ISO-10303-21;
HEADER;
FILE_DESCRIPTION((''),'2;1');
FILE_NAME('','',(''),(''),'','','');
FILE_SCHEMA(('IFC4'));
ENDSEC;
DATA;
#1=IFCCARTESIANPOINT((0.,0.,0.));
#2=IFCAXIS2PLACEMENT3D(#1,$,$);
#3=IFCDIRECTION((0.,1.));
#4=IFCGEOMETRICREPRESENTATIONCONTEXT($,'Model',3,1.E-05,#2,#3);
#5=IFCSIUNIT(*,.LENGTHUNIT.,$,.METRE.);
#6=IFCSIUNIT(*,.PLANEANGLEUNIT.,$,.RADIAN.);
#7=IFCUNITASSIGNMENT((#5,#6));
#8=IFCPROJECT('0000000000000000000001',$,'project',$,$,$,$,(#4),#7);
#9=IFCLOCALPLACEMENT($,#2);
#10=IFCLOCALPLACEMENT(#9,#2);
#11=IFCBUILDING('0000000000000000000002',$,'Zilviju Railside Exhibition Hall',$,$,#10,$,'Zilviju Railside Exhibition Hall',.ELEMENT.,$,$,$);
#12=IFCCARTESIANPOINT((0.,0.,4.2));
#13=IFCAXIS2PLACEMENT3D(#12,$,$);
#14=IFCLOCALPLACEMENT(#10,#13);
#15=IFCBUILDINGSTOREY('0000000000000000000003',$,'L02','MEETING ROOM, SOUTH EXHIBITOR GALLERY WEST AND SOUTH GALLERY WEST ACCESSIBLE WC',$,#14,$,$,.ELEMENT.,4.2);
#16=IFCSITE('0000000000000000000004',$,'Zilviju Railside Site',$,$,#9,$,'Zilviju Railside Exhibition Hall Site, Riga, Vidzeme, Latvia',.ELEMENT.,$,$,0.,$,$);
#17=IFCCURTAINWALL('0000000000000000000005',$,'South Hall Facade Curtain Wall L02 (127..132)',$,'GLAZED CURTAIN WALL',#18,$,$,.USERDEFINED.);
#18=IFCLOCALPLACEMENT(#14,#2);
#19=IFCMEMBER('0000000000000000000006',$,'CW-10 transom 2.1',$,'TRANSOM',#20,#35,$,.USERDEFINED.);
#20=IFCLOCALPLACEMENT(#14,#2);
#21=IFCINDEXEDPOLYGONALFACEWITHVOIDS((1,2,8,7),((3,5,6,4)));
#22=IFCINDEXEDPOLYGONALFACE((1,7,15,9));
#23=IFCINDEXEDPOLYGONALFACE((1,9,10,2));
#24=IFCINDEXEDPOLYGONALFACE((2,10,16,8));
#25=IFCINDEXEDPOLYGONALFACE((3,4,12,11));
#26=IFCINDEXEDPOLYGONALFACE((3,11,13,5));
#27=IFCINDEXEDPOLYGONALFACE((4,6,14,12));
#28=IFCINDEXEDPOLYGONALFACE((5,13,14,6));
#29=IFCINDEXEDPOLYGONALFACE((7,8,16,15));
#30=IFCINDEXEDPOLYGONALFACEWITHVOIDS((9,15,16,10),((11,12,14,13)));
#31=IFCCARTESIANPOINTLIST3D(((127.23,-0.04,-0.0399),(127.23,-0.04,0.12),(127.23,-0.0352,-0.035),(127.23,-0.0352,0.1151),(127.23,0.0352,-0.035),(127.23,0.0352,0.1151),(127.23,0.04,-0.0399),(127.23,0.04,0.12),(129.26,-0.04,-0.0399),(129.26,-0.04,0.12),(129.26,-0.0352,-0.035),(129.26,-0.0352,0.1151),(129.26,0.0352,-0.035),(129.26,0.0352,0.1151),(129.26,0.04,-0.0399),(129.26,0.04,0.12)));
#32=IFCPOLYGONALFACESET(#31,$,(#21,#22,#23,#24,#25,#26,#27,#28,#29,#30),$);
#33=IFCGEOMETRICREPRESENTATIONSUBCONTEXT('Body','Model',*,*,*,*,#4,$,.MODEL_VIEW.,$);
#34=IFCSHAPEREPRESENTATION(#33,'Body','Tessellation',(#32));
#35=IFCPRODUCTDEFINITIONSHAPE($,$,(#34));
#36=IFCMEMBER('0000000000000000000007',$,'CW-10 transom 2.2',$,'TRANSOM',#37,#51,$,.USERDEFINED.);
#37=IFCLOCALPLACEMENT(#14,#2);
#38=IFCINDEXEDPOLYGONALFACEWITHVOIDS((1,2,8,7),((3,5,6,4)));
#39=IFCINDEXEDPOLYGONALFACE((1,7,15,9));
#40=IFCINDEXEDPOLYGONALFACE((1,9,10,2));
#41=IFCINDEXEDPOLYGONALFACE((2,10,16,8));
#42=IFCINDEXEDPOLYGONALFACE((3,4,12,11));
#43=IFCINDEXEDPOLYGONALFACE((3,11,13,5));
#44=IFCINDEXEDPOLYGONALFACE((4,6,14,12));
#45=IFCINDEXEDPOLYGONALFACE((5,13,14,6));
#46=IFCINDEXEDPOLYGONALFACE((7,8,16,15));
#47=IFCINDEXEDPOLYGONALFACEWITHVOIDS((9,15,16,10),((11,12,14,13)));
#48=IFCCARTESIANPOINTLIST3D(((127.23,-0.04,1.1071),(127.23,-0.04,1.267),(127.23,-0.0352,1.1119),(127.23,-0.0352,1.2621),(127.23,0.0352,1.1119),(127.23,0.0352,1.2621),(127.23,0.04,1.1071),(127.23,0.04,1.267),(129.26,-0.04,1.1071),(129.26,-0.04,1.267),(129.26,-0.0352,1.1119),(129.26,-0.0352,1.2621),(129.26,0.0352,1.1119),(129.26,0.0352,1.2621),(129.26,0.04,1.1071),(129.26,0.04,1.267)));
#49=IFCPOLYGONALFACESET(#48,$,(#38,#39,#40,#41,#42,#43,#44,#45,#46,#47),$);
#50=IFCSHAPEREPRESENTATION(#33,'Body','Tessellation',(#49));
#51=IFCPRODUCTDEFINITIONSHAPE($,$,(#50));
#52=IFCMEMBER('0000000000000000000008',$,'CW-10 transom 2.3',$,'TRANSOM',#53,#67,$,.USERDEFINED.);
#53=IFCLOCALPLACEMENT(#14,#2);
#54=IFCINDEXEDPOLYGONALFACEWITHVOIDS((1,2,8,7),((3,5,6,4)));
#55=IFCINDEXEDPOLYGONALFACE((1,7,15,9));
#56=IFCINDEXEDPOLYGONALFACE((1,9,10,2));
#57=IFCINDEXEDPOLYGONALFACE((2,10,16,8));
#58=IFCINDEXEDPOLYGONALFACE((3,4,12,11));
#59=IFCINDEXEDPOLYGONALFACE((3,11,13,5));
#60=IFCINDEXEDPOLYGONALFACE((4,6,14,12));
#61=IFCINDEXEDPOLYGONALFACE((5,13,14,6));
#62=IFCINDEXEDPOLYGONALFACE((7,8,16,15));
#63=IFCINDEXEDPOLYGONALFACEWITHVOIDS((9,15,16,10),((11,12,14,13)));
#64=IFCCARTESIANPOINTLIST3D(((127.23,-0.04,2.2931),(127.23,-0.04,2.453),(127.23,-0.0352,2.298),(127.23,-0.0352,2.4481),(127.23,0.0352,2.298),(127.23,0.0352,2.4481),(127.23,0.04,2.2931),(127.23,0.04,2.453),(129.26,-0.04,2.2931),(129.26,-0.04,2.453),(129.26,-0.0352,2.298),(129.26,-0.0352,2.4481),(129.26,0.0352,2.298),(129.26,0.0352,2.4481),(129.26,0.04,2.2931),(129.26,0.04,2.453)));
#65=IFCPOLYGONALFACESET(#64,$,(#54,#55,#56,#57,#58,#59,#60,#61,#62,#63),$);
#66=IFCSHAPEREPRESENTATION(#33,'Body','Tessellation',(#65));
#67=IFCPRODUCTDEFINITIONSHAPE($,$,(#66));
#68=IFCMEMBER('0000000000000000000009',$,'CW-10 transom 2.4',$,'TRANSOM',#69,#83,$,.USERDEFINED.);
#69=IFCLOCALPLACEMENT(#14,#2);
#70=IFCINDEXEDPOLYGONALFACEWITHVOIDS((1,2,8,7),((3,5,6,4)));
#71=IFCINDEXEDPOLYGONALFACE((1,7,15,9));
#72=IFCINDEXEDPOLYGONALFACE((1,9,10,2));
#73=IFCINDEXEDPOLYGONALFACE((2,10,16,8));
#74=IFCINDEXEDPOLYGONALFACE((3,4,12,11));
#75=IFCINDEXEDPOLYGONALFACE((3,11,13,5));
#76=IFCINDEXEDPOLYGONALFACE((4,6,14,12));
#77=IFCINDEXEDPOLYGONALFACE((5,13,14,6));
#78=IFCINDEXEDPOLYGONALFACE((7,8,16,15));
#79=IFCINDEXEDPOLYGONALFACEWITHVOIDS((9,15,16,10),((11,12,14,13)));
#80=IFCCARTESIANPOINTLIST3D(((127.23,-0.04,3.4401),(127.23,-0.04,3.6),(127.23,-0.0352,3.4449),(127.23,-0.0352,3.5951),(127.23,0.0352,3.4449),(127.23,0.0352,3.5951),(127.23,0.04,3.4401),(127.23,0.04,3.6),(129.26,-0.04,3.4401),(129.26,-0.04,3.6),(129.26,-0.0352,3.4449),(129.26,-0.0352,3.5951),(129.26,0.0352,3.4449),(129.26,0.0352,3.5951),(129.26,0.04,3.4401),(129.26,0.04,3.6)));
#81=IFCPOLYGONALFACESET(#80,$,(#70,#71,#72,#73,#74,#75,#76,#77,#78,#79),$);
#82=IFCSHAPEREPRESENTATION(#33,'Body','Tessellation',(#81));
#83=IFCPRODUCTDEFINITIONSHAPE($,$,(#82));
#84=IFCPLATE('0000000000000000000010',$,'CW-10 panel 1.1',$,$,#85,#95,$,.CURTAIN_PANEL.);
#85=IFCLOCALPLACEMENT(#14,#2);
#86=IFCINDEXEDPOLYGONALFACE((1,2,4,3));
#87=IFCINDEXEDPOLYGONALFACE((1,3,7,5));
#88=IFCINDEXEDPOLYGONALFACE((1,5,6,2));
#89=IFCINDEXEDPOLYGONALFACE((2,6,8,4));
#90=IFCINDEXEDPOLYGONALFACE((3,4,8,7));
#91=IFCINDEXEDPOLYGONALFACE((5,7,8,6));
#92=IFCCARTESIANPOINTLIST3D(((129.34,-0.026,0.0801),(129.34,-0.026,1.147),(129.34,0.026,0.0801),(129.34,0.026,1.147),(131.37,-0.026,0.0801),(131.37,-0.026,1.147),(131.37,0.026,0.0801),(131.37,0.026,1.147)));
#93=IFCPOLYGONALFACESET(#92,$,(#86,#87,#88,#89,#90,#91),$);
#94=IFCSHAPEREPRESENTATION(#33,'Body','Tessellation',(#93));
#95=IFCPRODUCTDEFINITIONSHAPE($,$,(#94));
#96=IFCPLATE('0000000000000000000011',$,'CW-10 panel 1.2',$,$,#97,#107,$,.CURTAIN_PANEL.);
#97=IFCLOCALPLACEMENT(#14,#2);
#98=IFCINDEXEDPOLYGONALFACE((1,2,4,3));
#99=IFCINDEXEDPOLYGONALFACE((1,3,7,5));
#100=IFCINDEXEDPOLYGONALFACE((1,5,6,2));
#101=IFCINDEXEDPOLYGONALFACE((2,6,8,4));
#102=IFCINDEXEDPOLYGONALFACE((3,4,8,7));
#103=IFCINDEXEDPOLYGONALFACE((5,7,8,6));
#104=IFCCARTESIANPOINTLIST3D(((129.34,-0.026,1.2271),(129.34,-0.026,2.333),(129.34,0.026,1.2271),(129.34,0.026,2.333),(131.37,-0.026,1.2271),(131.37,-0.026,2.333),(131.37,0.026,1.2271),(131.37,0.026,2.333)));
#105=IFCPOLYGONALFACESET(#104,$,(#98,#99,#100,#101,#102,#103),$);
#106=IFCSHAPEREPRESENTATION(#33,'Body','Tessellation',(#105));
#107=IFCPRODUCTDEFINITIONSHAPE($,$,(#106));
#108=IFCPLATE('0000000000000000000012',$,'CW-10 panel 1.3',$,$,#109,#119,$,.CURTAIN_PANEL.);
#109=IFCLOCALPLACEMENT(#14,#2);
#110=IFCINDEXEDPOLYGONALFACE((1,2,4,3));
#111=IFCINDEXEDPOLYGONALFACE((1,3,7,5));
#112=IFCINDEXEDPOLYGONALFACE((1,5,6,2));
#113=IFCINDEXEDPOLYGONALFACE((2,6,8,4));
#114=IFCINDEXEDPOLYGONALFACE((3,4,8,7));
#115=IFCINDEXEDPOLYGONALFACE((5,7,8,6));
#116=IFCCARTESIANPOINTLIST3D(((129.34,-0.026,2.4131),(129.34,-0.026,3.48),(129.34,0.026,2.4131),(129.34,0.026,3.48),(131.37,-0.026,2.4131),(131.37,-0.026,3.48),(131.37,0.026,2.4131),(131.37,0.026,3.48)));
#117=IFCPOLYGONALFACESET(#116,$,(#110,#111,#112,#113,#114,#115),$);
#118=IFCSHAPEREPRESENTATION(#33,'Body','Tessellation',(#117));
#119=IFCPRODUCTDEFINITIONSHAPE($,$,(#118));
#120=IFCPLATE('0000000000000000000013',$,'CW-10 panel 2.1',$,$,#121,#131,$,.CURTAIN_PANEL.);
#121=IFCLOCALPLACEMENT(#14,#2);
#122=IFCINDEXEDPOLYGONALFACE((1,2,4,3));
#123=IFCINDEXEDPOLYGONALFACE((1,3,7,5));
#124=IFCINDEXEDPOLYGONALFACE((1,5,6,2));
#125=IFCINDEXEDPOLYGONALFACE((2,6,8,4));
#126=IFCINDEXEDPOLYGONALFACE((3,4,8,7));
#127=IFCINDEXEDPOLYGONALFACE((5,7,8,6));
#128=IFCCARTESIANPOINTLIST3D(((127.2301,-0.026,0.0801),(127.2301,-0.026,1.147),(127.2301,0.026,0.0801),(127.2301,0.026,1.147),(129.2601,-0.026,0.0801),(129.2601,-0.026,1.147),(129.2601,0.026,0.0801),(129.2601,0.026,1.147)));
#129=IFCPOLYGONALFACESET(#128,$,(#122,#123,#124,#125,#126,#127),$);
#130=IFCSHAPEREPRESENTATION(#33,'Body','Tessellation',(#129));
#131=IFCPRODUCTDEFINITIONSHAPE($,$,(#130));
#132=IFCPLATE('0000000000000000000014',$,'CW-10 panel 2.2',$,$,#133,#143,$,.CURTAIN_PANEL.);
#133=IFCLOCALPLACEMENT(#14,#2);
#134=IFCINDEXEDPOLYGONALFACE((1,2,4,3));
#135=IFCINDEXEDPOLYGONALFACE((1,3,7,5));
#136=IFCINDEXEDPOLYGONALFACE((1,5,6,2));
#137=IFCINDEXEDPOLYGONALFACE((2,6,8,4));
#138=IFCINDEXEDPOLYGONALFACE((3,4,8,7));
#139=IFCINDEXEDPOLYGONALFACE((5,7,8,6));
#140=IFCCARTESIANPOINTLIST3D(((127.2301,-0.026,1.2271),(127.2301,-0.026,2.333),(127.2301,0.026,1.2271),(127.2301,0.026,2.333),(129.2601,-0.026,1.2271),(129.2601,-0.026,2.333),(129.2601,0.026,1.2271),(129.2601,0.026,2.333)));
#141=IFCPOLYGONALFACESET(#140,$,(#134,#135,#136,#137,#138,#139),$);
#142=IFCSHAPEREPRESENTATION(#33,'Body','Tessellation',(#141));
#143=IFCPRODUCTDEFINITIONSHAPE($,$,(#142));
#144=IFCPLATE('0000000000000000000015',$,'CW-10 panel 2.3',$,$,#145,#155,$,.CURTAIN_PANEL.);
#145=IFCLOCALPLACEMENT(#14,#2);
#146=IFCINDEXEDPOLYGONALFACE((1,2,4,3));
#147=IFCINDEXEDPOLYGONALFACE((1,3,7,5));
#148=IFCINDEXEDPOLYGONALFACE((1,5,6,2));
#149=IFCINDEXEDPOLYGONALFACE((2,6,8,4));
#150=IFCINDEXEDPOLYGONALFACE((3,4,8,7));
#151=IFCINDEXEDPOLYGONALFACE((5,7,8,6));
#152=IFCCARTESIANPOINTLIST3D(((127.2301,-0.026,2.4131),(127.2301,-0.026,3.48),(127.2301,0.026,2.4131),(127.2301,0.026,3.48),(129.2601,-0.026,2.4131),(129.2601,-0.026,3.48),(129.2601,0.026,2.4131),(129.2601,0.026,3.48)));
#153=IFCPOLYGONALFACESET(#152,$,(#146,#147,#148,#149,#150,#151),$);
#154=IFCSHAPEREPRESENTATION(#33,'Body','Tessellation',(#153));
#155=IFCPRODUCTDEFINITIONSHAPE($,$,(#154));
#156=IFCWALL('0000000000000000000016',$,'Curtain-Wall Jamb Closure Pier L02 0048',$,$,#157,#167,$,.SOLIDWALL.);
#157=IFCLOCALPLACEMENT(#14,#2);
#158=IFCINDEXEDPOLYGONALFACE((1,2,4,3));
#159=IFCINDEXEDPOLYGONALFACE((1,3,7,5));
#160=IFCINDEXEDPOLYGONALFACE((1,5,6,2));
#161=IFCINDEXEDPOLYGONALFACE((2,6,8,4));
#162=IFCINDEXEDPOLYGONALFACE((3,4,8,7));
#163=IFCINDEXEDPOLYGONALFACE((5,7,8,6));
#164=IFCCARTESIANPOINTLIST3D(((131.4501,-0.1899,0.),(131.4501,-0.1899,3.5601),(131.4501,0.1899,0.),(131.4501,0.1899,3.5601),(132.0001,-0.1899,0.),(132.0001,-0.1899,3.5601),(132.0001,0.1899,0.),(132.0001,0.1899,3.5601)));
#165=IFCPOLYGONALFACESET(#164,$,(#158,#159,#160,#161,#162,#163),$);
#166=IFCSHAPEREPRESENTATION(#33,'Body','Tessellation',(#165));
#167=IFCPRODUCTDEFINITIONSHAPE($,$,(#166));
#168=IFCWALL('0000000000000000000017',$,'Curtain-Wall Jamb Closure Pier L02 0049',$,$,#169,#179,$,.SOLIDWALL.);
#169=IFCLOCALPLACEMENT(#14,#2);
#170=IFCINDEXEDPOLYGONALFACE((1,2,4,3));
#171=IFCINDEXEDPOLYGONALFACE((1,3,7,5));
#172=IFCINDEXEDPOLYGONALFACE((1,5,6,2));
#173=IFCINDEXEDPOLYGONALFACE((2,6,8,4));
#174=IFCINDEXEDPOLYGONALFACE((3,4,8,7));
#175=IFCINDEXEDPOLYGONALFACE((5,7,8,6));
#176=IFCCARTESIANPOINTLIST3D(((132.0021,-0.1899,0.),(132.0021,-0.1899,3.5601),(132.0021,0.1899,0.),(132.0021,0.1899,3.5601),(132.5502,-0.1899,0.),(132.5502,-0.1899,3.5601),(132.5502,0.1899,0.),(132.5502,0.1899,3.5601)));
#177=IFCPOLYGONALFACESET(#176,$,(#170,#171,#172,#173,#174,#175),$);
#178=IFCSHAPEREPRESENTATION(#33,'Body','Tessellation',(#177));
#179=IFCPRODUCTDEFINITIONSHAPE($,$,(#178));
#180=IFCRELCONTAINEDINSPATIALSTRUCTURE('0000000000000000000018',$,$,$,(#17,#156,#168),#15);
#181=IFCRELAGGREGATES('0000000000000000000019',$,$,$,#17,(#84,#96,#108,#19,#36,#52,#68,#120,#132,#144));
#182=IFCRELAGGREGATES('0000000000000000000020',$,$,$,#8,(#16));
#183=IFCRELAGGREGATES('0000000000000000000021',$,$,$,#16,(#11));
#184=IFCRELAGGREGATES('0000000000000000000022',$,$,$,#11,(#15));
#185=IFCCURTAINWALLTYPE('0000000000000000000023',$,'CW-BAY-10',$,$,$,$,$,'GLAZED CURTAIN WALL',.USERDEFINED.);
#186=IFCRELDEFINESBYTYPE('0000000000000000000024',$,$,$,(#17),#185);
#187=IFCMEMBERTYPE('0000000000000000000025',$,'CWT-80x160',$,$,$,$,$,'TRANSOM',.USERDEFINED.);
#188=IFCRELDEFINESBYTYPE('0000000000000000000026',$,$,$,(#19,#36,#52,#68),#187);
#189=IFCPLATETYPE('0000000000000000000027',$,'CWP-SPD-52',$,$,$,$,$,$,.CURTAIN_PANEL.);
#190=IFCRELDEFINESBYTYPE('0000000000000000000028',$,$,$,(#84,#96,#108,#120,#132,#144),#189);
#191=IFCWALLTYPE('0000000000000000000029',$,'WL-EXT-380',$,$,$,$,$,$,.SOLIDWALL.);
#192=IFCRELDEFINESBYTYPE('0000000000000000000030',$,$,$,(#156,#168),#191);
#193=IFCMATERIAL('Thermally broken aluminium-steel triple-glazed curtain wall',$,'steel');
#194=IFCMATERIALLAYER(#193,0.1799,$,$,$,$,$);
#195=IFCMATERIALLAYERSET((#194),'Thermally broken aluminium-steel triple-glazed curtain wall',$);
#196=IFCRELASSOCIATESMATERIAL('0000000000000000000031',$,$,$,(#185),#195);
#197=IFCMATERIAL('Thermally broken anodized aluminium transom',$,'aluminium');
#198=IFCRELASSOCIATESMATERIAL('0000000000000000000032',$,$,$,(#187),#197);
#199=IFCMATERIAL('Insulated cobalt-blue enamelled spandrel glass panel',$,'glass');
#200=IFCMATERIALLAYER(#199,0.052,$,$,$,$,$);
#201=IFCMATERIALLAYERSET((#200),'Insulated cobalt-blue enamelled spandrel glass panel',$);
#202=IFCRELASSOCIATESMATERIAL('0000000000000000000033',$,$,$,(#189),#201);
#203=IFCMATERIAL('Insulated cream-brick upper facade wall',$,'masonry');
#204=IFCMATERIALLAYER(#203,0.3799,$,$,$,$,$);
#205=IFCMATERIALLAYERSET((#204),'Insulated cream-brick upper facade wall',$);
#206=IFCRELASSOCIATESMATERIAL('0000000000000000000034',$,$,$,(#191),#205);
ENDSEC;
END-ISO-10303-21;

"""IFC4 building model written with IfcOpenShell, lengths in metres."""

from ifc_helpers import new_model, si_unit, direction, frame, frame_2d, origin, origin_2d, place, context, subcontext, project, spatial, rectangle, hollow_rectangle, extrude, material, layer, layer_set, material_profile, profile_set, type_object, element, aggregate, save


model = new_model("IFC4")

# Units and contexts
model_context = context("Model", 3, precision=1e-05, world=origin(), true_north=direction((0.0, 1.0)))
body_context = subcontext(model_context, "Body", "Model", "MODEL_VIEW")
ifc_project = project(units=[si_unit("LENGTHUNIT", "METRE"), si_unit("PLANEANGLEUNIT", "RADIAN")], contexts=[model_context])

# Site, building, storey
site_placement = place(None, origin())
site = spatial("IfcSite", under=ifc_project, at=site_placement, Name="Zilviju Railside Site", LongName="Zilviju Railside Exhibition Hall Site, Riga, Vidzeme, Latvia", CompositionType="ELEMENT", RefElevation=0.0)
building_placement = place(site_placement, origin())
building = spatial("IfcBuilding", under=site, at=building_placement, Name="Zilviju Railside Exhibition Hall", LongName="Zilviju Railside Exhibition Hall", CompositionType="ELEMENT")
storey_placement = place(building_placement, frame((0.0, 0.0, 4.2)))
storey = spatial("IfcBuildingStorey", under=building, at=storey_placement, Name="L02", Description="MEETING ROOM, SOUTH EXHIBITOR GALLERY WEST AND SOUTH GALLERY WEST ACCESSIBLE WC", CompositionType="ELEMENT", Elevation=4.2)

# Shared definitions
ifc_material_1 = material(Name="Thermally broken aluminium-steel triple-glazed curtain wall", Category="steel")

# Curtain wall, members, plates
ifc_layer_1 = layer(ifc_material_1, 0.1799)
ifc_layer_set_1 = layer_set([ifc_layer_1], Name="Thermally broken aluminium-steel triple-glazed curtain wall")
curtain_wall_type_1 = type_object("IfcCurtainWallType", Name="CW-BAY-10", ElementType="GLAZED CURTAIN WALL", PredefinedType="USERDEFINED", material=ifc_layer_set_1)
curtain_wall_1_placement = place(storey_placement, origin())
curtain_wall_1 = element("IfcCurtainWall", 1, at=curtain_wall_1_placement, inside=storey, type_object=curtain_wall_type_1, Name="South Hall Facade Curtain Wall L02 (127..132)", ObjectType="GLAZED CURTAIN WALL", PredefinedType="USERDEFINED")
ifc_material_2 = material(Name="Thermally broken anodized aluminium transom", Category="aluminium")
ifc_material_profile_1 = material_profile(ifc_material_2, hollow_rectangle(XDim=0.0801, YDim=0.1599, WallThickness=0.0049, at=origin_2d()), Name="TRANSOM 160x80x5")
ifc_profile_set_1 = profile_set([ifc_material_profile_1], Name="Thermally broken anodized aluminium transom")
member_type_1 = type_object("IfcMemberType", Name="CWT-80x160", ElementType="TRANSOM", PredefinedType="USERDEFINED", material=ifc_profile_set_1)
member_1_placement = place(storey_placement, frame((129.26, 0.0, 0.04), z_axis=(-1.0, 0.0, 0.0), x_axis=(0.0, -1.0, 0.0)))
member_1 = element("IfcMember", 2, at=member_1_placement, type_object=member_type_1, Name="CW-10 transom 2.1", ObjectType="TRANSOM", PredefinedType="USERDEFINED", context=body_context, shape_type="SweptSolid", body=[
    extrude(hollow_rectangle(XDim=0.0801, YDim=0.1599, WallThickness=0.0049, at=origin_2d()), origin(), (0.0, 0.0, 1.0), 2.03),
])
member_2_placement = place(storey_placement, frame((129.26, 0.0, 1.187), z_axis=(-1.0, 0.0, 0.0), x_axis=(0.0, -1.0, 0.0)))
member_2 = element("IfcMember", 3, at=member_2_placement, type_object=member_type_1, Name="CW-10 transom 2.2", ObjectType="TRANSOM", PredefinedType="USERDEFINED", context=body_context, shape_type="SweptSolid", body=[
    extrude(hollow_rectangle(XDim=0.0801, YDim=0.1599, WallThickness=0.0049, at=origin_2d()), origin(), (0.0, 0.0, 1.0), 2.03),
])
member_3_placement = place(storey_placement, frame((129.26, 0.0, 2.373), z_axis=(-1.0, 0.0, 0.0), x_axis=(0.0, -1.0, 0.0)))
member_3 = element("IfcMember", 4, at=member_3_placement, type_object=member_type_1, Name="CW-10 transom 2.3", ObjectType="TRANSOM", PredefinedType="USERDEFINED", context=body_context, shape_type="SweptSolid", body=[
    extrude(hollow_rectangle(XDim=0.0801, YDim=0.1599, WallThickness=0.0049, at=origin_2d()), origin(), (0.0, 0.0, 1.0), 2.03),
])
member_4_placement = place(storey_placement, frame((129.26, 0.0, 3.52), z_axis=(-1.0, 0.0, 0.0), x_axis=(0.0, -1.0, 0.0)))
member_4 = element("IfcMember", 5, at=member_4_placement, type_object=member_type_1, Name="CW-10 transom 2.4", ObjectType="TRANSOM", PredefinedType="USERDEFINED", context=body_context, shape_type="SweptSolid", body=[
    extrude(hollow_rectangle(XDim=0.0801, YDim=0.1599, WallThickness=0.0049, at=origin_2d()), origin(), (0.0, 0.0, 1.0), 2.03),
])
ifc_material_3 = material(Name="Insulated cobalt-blue enamelled spandrel glass panel", Category="glass")
ifc_layer_2 = layer(ifc_material_3, 0.052)
ifc_layer_set_2 = layer_set([ifc_layer_2], Name="Insulated cobalt-blue enamelled spandrel glass panel")
plate_type = type_object("IfcPlateType", Name="CWP-SPD-52", PredefinedType="CURTAIN_PANEL", material=ifc_layer_set_2)
plate_1_placement = place(storey_placement, frame((130.355, 0.0, 0.0801), z_axis=(0.0, 0.0, 1.0), x_axis=(-1.0, 0.0, 0.0)))
plate_1 = element("IfcPlate", 6, at=plate_1_placement, type_object=plate_type, Name="CW-10 panel 1.1", PredefinedType="CURTAIN_PANEL", context=body_context, shape_type="SweptSolid", body=[
    extrude(rectangle(XDim=2.03, YDim=0.052, at=origin_2d()), origin(), (0.0, 0.0, 1.0), 1.0669),
])
plate_2_placement = place(storey_placement, frame((130.355, 0.0, 1.2271), z_axis=(0.0, 0.0, 1.0), x_axis=(-1.0, 0.0, 0.0)))
plate_2 = element("IfcPlate", 7, at=plate_2_placement, type_object=plate_type, Name="CW-10 panel 1.2", PredefinedType="CURTAIN_PANEL", context=body_context, shape_type="SweptSolid", body=[
    extrude(rectangle(XDim=2.03, YDim=0.052, at=origin_2d()), origin(), (0.0, 0.0, 1.0), 1.106),
])
plate_3_placement = place(storey_placement, frame((130.355, 0.0, 2.4131), z_axis=(0.0, 0.0, 1.0), x_axis=(-1.0, 0.0, 0.0)))
plate_3 = element("IfcPlate", 8, at=plate_3_placement, type_object=plate_type, Name="CW-10 panel 1.3", PredefinedType="CURTAIN_PANEL", context=body_context, shape_type="SweptSolid", body=[
    extrude(rectangle(XDim=2.03, YDim=0.052, at=origin_2d()), origin(), (0.0, 0.0, 1.0), 1.0669),
])
plate_4_placement = place(storey_placement, frame((128.2451, 0.0, 0.0801), z_axis=(0.0, 0.0, 1.0), x_axis=(-1.0, 0.0, 0.0)))
plate_4 = element("IfcPlate", 9, at=plate_4_placement, type_object=plate_type, Name="CW-10 panel 2.1", PredefinedType="CURTAIN_PANEL", context=body_context, shape_type="SweptSolid", body=[
    extrude(rectangle(XDim=2.03, YDim=0.052, at=origin_2d()), origin(), (0.0, 0.0, 1.0), 1.0669),
])
plate_5_placement = place(storey_placement, frame((128.2451, 0.0, 1.2271), z_axis=(0.0, 0.0, 1.0), x_axis=(-1.0, 0.0, 0.0)))
plate_5 = element("IfcPlate", 10, at=plate_5_placement, type_object=plate_type, Name="CW-10 panel 2.2", PredefinedType="CURTAIN_PANEL", context=body_context, shape_type="SweptSolid", body=[
    extrude(rectangle(XDim=2.03, YDim=0.052, at=origin_2d()), origin(), (0.0, 0.0, 1.0), 1.106),
])
plate_6_placement = place(storey_placement, frame((128.2451, 0.0, 2.4131), z_axis=(0.0, 0.0, 1.0), x_axis=(-1.0, 0.0, 0.0)))
plate_6 = element("IfcPlate", 11, at=plate_6_placement, type_object=plate_type, Name="CW-10 panel 2.3", PredefinedType="CURTAIN_PANEL", context=body_context, shape_type="SweptSolid", body=[
    extrude(rectangle(XDim=2.03, YDim=0.052, at=origin_2d()), origin(), (0.0, 0.0, 1.0), 1.0669),
])
aggregate(curtain_wall_1, [plate_1, plate_2, plate_3, member_1, member_2, member_3, member_4, plate_4, plate_5, plate_6])

# Walls
ifc_material_4 = material(Name="Insulated cream-brick upper facade wall", Category="masonry")
ifc_layer_3 = layer(ifc_material_4, 0.3799)
ifc_layer_set_3 = layer_set([ifc_layer_3], Name="Insulated cream-brick upper facade wall")
wall_type = type_object("IfcWallType", Name="WL-EXT-380", PredefinedType="SOLIDWALL", material=ifc_layer_set_3)
wall_1_placement = place(storey_placement, frame((132.0, 0.0, 0.0), z_axis=(0.0, 0.0, 1.0), x_axis=(-1.0, 0.0, 0.0)))
element("IfcWall", 12, at=wall_1_placement, inside=storey, type_object=wall_type, Name="Curtain-Wall Jamb Closure Pier L02 0048", PredefinedType="SOLIDWALL", context=body_context, shape_type="SweptSolid", body=[
    extrude(rectangle(XDim=0.55, YDim=0.3799, at=frame_2d((0.2749, 0.0))), origin(), (0.0, 0.0, 1.0), 3.5601),
])
wall_2_placement = place(storey_placement, frame((132.55, 0.0, 0.0), z_axis=(0.0, 0.0, 1.0), x_axis=(-1.0, 0.0, 0.0)))
element("IfcWall", 13, at=wall_2_placement, inside=storey, type_object=wall_type, Name="Curtain-Wall Jamb Closure Pier L02 0049", PredefinedType="SOLIDWALL", context=body_context, shape_type="SweptSolid", body=[
    extrude(rectangle(XDim=0.5481, YDim=0.3799, at=frame_2d((0.2739, 0.0))), origin(), (0.0, 0.0, 1.0), 3.5601),
])

save(model, "model.ifc")
